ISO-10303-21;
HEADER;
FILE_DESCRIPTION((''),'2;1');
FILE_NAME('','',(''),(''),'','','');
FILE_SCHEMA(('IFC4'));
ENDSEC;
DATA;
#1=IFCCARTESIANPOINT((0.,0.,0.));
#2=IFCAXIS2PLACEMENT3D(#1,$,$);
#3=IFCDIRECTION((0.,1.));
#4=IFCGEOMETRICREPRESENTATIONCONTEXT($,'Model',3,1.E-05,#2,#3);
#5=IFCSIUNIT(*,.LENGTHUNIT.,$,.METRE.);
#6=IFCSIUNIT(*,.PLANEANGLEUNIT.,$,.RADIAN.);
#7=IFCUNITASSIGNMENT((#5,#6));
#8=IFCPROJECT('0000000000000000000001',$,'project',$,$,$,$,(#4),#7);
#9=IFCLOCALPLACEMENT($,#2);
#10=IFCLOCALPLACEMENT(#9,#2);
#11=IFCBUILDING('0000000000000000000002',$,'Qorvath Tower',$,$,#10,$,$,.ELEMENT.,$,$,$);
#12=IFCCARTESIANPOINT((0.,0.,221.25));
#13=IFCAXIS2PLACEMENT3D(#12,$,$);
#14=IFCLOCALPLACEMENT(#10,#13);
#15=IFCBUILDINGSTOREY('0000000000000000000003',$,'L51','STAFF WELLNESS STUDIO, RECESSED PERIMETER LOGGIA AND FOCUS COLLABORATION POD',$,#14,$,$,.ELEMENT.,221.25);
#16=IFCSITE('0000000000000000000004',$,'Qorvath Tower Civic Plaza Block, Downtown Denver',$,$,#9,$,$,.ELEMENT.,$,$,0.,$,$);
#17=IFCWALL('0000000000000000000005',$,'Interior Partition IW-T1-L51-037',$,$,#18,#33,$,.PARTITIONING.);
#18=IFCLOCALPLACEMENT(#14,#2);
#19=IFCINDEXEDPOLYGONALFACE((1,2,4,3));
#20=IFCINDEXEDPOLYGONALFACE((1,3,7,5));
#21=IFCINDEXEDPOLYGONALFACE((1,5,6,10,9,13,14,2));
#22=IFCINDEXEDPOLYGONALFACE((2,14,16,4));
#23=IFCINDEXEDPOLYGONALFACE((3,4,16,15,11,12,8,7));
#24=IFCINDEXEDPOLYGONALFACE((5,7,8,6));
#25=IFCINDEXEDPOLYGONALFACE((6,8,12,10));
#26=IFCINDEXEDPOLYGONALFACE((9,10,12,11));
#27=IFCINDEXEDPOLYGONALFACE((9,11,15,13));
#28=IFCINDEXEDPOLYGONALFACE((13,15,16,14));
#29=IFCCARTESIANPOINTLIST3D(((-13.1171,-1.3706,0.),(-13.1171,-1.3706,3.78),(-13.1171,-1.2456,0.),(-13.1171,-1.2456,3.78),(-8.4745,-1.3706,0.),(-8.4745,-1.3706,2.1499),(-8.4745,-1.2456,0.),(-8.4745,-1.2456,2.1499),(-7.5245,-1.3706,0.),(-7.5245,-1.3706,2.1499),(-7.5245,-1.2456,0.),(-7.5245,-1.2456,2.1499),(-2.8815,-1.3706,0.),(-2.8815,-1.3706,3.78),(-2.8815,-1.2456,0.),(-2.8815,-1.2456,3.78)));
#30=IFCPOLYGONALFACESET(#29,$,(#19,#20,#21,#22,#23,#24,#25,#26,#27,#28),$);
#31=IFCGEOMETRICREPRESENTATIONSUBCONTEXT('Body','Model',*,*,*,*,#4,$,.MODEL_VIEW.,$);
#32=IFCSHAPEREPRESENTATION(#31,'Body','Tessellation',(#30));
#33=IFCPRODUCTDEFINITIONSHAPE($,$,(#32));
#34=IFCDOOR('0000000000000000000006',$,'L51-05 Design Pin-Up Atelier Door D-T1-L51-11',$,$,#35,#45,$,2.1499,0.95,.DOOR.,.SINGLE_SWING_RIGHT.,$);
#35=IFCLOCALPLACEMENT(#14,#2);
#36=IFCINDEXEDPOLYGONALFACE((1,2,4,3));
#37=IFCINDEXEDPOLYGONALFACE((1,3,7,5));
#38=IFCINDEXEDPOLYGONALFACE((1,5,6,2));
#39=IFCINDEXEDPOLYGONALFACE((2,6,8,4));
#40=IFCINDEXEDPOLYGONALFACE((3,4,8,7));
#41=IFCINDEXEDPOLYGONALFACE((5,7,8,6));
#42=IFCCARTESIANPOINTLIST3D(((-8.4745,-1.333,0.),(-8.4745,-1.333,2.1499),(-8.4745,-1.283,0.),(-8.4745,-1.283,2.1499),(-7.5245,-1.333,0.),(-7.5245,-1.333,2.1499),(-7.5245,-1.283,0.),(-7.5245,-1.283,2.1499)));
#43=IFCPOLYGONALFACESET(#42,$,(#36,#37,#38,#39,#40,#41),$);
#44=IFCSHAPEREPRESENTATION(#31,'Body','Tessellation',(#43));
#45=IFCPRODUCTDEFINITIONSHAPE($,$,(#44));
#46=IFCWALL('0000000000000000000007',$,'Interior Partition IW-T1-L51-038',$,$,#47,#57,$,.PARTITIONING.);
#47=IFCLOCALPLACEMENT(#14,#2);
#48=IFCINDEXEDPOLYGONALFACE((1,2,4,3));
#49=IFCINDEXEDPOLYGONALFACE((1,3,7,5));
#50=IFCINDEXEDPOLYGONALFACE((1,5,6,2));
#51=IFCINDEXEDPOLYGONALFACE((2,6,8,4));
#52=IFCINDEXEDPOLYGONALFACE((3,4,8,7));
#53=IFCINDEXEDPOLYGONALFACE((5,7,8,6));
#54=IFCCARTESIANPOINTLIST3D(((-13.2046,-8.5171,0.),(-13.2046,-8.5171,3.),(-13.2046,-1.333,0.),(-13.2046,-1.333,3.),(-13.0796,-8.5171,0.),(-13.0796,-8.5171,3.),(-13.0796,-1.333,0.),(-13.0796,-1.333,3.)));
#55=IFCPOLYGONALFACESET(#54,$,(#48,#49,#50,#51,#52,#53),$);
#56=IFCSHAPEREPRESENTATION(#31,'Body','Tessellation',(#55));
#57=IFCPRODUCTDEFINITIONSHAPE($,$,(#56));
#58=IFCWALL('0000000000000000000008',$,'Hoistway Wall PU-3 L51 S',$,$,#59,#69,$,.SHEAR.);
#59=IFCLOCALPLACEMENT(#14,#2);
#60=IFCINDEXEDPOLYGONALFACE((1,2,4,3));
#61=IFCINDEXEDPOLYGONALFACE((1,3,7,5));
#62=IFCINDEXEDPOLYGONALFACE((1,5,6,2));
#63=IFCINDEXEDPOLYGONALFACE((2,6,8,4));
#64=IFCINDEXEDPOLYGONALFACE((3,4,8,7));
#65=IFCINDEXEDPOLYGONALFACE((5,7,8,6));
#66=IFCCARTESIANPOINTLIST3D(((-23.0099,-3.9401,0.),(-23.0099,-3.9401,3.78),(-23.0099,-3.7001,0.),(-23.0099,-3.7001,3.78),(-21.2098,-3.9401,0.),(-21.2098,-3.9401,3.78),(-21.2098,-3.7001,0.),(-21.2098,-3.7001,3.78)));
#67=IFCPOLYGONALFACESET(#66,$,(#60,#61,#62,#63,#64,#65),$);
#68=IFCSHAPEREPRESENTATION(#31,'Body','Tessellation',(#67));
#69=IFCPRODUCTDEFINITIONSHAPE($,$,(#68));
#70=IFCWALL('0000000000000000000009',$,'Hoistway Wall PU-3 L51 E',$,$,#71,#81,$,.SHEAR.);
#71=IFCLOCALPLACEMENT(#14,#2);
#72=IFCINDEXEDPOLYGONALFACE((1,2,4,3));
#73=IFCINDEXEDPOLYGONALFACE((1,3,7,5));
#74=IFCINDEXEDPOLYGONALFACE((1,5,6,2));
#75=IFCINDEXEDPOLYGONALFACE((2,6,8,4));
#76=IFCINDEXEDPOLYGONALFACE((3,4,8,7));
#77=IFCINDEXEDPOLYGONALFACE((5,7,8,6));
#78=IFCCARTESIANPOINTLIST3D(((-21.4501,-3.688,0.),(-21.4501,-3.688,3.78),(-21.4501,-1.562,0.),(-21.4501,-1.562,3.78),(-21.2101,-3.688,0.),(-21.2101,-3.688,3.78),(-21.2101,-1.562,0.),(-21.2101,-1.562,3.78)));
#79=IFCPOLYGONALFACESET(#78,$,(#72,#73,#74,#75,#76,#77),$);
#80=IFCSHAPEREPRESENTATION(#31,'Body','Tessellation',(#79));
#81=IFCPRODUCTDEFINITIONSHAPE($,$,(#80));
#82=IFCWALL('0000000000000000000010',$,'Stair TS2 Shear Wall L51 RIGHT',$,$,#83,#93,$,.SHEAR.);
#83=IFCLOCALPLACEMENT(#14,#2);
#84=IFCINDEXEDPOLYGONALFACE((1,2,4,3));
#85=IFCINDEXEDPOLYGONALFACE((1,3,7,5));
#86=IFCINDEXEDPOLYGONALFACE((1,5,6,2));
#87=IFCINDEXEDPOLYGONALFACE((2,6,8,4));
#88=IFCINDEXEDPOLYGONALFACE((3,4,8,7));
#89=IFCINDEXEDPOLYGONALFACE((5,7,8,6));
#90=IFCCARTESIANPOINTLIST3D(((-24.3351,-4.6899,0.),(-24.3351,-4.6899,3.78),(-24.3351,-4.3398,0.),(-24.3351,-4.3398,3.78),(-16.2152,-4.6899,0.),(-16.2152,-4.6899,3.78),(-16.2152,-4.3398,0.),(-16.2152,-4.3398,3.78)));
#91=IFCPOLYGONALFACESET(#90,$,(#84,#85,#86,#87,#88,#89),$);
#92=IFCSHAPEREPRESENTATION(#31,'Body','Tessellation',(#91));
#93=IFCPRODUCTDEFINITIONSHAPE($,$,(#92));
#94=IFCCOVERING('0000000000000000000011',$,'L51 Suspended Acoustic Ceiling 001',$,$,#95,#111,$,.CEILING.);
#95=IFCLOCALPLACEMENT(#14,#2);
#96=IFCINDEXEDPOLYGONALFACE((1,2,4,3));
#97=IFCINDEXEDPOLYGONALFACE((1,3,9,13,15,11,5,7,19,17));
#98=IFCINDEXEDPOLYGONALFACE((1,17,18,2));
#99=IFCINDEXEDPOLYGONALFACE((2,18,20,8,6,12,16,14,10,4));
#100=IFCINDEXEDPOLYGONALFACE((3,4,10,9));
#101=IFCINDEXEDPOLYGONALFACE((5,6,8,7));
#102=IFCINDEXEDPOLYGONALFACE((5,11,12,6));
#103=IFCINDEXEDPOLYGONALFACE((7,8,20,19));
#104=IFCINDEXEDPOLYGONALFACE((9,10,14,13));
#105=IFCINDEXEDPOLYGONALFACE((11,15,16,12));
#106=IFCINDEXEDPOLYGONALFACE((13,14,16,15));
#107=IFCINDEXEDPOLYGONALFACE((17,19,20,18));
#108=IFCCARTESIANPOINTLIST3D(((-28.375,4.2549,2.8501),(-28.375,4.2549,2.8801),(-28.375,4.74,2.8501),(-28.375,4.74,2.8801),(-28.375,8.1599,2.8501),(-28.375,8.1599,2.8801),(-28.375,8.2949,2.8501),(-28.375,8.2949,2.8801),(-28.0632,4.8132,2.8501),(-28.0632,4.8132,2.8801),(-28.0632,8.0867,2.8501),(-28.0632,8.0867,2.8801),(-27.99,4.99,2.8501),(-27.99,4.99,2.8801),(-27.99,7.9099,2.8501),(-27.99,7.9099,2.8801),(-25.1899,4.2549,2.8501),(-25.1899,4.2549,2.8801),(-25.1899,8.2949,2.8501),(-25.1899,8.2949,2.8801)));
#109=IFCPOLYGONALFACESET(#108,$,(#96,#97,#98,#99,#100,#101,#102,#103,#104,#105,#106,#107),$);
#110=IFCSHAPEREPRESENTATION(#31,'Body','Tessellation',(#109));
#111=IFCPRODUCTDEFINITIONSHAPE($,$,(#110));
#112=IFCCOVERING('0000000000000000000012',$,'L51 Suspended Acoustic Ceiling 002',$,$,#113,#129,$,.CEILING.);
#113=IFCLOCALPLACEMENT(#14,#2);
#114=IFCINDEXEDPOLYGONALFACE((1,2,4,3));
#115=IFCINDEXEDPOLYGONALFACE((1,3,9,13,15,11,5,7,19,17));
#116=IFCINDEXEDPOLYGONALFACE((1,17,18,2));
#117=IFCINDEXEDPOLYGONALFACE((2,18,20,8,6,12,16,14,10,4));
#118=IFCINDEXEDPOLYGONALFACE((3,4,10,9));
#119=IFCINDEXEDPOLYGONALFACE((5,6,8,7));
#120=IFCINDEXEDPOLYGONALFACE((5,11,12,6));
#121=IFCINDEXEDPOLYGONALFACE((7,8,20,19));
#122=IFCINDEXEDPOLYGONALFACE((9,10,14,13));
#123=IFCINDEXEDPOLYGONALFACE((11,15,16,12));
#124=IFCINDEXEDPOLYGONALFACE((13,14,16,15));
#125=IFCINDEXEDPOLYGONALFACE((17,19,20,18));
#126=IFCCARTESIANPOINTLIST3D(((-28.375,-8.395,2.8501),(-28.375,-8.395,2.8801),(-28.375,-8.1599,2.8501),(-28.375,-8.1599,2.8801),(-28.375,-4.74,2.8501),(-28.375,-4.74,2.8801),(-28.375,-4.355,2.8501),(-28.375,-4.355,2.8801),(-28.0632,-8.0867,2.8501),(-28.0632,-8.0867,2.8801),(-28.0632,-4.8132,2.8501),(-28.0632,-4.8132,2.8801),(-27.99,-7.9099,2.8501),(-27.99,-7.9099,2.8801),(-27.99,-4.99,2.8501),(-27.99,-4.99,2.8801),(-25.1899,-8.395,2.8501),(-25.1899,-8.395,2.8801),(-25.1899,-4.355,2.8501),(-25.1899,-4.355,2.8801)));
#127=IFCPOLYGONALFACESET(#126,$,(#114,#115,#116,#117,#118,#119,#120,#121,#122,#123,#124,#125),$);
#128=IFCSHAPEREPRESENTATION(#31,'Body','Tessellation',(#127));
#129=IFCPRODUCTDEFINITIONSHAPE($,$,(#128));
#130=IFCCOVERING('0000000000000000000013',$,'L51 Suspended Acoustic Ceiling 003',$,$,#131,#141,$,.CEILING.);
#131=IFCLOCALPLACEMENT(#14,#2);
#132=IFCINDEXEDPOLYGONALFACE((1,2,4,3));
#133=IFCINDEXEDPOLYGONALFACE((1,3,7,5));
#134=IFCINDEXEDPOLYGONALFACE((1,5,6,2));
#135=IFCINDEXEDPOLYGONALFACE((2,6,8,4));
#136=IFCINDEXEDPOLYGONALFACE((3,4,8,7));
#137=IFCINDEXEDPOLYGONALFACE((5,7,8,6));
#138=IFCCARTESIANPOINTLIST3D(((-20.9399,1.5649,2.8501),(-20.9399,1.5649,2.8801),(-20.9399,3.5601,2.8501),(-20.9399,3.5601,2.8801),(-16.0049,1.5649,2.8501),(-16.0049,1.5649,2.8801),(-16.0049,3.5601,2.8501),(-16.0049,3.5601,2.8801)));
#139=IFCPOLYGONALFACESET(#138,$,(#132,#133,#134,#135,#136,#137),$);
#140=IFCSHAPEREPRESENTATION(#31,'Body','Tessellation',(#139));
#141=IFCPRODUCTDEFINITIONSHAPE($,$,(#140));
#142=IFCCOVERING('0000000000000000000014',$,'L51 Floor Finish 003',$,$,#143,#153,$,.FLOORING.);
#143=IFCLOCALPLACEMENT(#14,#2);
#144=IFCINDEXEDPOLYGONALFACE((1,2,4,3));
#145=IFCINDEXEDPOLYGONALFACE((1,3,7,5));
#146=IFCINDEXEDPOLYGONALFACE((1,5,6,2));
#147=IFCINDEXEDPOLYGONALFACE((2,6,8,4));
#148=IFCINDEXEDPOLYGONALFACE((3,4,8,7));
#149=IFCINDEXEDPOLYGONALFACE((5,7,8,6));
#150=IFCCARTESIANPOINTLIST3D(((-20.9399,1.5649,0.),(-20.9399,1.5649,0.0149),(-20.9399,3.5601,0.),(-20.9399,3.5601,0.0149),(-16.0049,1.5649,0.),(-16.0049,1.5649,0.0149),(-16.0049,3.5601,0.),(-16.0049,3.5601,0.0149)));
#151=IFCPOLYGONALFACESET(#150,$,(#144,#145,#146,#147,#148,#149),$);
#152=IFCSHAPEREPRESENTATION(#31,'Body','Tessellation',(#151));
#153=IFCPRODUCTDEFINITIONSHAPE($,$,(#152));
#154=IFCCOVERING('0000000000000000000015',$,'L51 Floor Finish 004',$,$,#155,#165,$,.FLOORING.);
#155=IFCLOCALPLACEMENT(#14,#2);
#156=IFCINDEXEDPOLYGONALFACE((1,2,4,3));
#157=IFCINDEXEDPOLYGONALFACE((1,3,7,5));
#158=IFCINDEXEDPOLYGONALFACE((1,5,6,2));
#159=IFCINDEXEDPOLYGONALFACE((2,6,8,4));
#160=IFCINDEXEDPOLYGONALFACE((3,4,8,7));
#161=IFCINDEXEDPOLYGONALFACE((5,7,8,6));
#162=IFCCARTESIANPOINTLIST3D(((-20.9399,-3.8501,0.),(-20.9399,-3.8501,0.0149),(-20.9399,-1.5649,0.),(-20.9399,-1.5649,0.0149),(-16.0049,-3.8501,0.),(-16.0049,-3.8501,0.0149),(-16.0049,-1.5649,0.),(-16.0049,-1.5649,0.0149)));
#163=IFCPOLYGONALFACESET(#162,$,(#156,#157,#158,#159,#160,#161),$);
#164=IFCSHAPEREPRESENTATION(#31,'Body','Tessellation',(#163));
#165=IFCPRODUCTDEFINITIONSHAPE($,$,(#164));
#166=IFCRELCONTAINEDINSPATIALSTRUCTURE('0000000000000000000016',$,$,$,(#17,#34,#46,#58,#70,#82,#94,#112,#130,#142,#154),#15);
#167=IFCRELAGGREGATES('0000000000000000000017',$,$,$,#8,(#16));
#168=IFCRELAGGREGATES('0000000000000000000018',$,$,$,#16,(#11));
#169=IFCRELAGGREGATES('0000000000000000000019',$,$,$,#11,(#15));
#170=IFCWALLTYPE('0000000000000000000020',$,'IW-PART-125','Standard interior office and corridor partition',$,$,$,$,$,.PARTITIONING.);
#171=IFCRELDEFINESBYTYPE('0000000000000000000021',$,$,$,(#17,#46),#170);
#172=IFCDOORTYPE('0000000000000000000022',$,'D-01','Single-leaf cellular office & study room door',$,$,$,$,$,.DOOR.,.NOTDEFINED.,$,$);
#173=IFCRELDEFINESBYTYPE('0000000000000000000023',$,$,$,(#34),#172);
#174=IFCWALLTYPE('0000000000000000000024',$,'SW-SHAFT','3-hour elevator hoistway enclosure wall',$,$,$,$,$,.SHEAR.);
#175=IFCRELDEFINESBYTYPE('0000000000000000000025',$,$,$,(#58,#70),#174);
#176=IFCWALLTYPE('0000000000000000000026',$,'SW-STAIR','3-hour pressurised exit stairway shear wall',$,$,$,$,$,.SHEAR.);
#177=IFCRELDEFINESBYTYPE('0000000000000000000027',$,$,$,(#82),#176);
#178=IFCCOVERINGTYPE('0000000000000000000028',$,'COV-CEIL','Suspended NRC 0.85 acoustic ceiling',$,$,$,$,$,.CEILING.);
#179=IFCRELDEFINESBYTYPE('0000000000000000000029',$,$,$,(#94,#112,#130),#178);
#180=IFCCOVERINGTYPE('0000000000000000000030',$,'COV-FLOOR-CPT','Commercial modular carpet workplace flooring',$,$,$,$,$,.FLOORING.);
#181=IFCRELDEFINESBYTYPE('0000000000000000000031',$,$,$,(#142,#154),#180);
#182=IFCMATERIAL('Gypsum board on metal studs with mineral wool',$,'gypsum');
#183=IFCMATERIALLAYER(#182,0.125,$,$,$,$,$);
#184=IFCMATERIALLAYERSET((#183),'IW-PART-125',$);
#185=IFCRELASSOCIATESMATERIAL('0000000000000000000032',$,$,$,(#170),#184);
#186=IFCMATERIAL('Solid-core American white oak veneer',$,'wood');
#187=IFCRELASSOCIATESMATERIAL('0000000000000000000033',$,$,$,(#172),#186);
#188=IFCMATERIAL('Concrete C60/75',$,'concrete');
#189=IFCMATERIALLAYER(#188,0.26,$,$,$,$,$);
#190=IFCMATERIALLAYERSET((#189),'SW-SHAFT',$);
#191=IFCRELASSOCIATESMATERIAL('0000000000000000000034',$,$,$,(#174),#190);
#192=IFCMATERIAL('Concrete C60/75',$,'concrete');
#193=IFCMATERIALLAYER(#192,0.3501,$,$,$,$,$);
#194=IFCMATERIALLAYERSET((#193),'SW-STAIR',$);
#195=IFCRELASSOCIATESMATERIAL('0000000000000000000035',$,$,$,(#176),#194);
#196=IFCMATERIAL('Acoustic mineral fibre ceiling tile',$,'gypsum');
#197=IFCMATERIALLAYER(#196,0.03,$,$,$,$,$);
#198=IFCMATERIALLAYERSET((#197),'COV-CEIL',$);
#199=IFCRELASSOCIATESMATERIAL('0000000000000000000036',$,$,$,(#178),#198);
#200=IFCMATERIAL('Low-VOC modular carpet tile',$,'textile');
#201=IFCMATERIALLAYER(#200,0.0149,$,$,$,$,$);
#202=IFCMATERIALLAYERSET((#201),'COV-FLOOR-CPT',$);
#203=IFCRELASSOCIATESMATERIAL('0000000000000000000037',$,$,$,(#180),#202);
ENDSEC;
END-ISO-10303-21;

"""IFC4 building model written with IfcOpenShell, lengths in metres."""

from ifc_helpers import new_model, si_unit, direction, frame, frame_2d, origin, place, context, subcontext, project, spatial, polyline, rectangle, outline, extrude, material, layer, layer_set, type_object, element, fill, save


model = new_model("IFC4")

# Units and contexts
model_context = context("Model", 3, precision=1e-05, world=origin(), true_north=direction((0.0, 1.0)))
body_context = subcontext(model_context, "Body", "Model", "MODEL_VIEW")
ifc_project = project(units=[si_unit("LENGTHUNIT", "METRE"), si_unit("PLANEANGLEUNIT", "RADIAN")], contexts=[model_context])

# Site, building, storey
site_placement = place(None, origin())
site = spatial("IfcSite", under=ifc_project, at=site_placement, Name="Qorvath Tower Civic Plaza Block, Downtown Denver", CompositionType="ELEMENT", RefElevation=0.0)
building_placement = place(site_placement, origin())
building = spatial("IfcBuilding", under=site, at=building_placement, Name="Qorvath Tower", CompositionType="ELEMENT")
storey_placement = place(building_placement, frame((0.0, 0.0, 221.25)))
storey = spatial("IfcBuildingStorey", under=building, at=storey_placement, Name="L51", Description="STAFF WELLNESS STUDIO, RECESSED PERIMETER LOGGIA AND FOCUS COLLABORATION POD", CompositionType="ELEMENT", Elevation=221.25)

# Shared definitions
ifc_material_1 = material(Name="Gypsum board on metal studs with mineral wool", Category="gypsum")
ifc_layer_1 = layer(ifc_material_1, 0.125)
ifc_layer_set_1 = layer_set([ifc_layer_1], Name="IW-PART-125")
wall_type_1 = type_object("IfcWallType", Name="IW-PART-125", Description="Standard interior office and corridor partition", PredefinedType="PARTITIONING", material=ifc_layer_set_1)

# Wall, opening, door
ifc_material_2 = material(Name="Solid-core American white oak veneer", Category="wood")
door_type = type_object("IfcDoorType", Name="D-01", Description="Single-leaf cellular office & study room door", OperationType="NOTDEFINED", PredefinedType="DOOR", material=ifc_material_2)
wall_1_placement = place(storey_placement, frame((-2.8816, -1.3081, 0.0), z_axis=(0.0, 0.0, 1.0), x_axis=(-1.0, 0.0, 0.0)))
wall_1 = element("IfcWall", 1, at=wall_1_placement, inside=storey, type_object=wall_type_1, Name="Interior Partition IW-T1-L51-037", PredefinedType="PARTITIONING", context=body_context, shape_type="SweptSolid", body=[
    extrude(rectangle(XDim=10.2356, YDim=0.125, at=frame_2d((5.1177, 0.0))), origin(), (0.0, 0.0, 1.0), 3.78),
])
opening_1_placement = place(wall_1_placement, frame((4.6428, 0.0, 0.0)))
opening_1 = element("IfcOpeningElement", 2, at=opening_1_placement, cuts=wall_1, PredefinedType="OPENING", context=body_context, shape_type="SweptSolid", body=[
    extrude(rectangle(XDim=0.95, YDim=2.1499, at=frame_2d((0.4751, 1.075))), frame((0.0, 0.0725, 0.0), z_axis=(0.0, -1.0, 0.0), x_axis=(1.0, 0.0, 0.0)), (0.0, 0.0, 1.0), 0.145),
])
door_1_placement = place(opening_1_placement, origin())
door_1 = element("IfcDoor", 3, at=door_1_placement, inside=storey, type_object=door_type, Name="L51-05 Design Pin-Up Atelier Door D-T1-L51-11", OperationType="SINGLE_SWING_RIGHT", OverallHeight=2.1499, OverallWidth=0.95, PredefinedType="DOOR", context=body_context, shape_type="SweptSolid", body=[
    extrude(rectangle(XDim=0.95, YDim=2.1499, at=frame_2d((0.4751, 1.075))), frame((0.0, 0.0249, 0.0), z_axis=(0.0, -1.0, 0.0), x_axis=(1.0, 0.0, 0.0)), (0.0, 0.0, 1.0), 0.05),
])
fill(opening_1, door_1)

# Walls
wall_2_placement = place(storey_placement, frame((-13.1421, -1.333, 0.0), z_axis=(0.0, 0.0, 1.0), x_axis=(0.0, -1.0, 0.0)))
element("IfcWall", 4, at=wall_2_placement, inside=storey, type_object=wall_type_1, Name="Interior Partition IW-T1-L51-038", PredefinedType="PARTITIONING", context=body_context, shape_type="SweptSolid", body=[
    extrude(rectangle(XDim=7.1841, YDim=0.125, at=frame_2d((3.592, 0.0))), origin(), (0.0, 0.0, 1.0), 3.0),
])
ifc_material_3 = material(Name="Concrete C60/75", Category="concrete")
ifc_layer_2 = layer(ifc_material_3, 0.26)
ifc_layer_set_2 = layer_set([ifc_layer_2], Name="SW-SHAFT")
wall_type_2 = type_object("IfcWallType", Name="SW-SHAFT", Description="3-hour elevator hoistway enclosure wall", PredefinedType="SHEAR", material=ifc_layer_set_2)
wall_3_placement = place(storey_placement, frame((-21.21, -3.8201, 0.0), z_axis=(0.0, 0.0, 1.0), x_axis=(-1.0, 0.0, 0.0)))
element("IfcWall", 5, at=wall_3_placement, inside=storey, type_object=wall_type_2, Name="Hoistway Wall PU-3 L51 S", PredefinedType="SHEAR", context=body_context, shape_type="SweptSolid", body=[
    extrude(rectangle(XDim=1.8, YDim=0.24, at=frame_2d((0.8999, 0.0))), origin(), (0.0, 0.0, 1.0), 3.78),
])
wall_4_placement = place(storey_placement, frame((-21.3301, -1.562, 0.0), z_axis=(0.0, 0.0, 1.0), x_axis=(0.0, -1.0, 0.0)))
element("IfcWall", 6, at=wall_4_placement, inside=storey, type_object=wall_type_2, Name="Hoistway Wall PU-3 L51 E", PredefinedType="SHEAR", context=body_context, shape_type="SweptSolid", body=[
    extrude(rectangle(XDim=2.126, YDim=0.24, at=frame_2d((1.063, 0.0))), origin(), (0.0, 0.0, 1.0), 3.78),
])
ifc_material_4 = material(Name="Concrete C60/75", Category="concrete")
ifc_layer_3 = layer(ifc_material_4, 0.3501)
ifc_layer_set_3 = layer_set([ifc_layer_3], Name="SW-STAIR")
wall_type_3 = type_object("IfcWallType", Name="SW-STAIR", Description="3-hour pressurised exit stairway shear wall", PredefinedType="SHEAR", material=ifc_layer_set_3)
wall_5_placement = place(storey_placement, frame((-16.2151, -4.5149, 0.0), z_axis=(0.0, 0.0, 1.0), x_axis=(-1.0, 0.0, 0.0)))
element("IfcWall", 7, at=wall_5_placement, inside=storey, type_object=wall_type_3, Name="Stair TS2 Shear Wall L51 RIGHT", PredefinedType="SHEAR", context=body_context, shape_type="SweptSolid", body=[
    extrude(rectangle(XDim=8.1199, YDim=0.3501, at=frame_2d((4.0601, 0.0))), origin(), (0.0, 0.0, 1.0), 3.78),
])

# Coverings
ifc_material_5 = material(Name="Acoustic mineral fibre ceiling tile", Category="gypsum")
ifc_layer_4 = layer(ifc_material_5, 0.03)
ifc_layer_set_4 = layer_set([ifc_layer_4], Name="COV-CEIL")
covering_type_1 = type_object("IfcCoveringType", Name="COV-CEIL", Description="Suspended NRC 0.85 acoustic ceiling", PredefinedType="CEILING", material=ifc_layer_set_4)
covering_1_placement = place(storey_placement, frame((0.0, 0.0, 2.8501)))
element("IfcCovering", 8, at=covering_1_placement, inside=storey, type_object=covering_type_1, Name="L51 Suspended Acoustic Ceiling 001", PredefinedType="CEILING", context=body_context, shape_type="SweptSolid", body=[
    extrude(outline(polyline([(-25.1899, 4.2549), (-25.1899, 8.2949), (-28.375, 8.2949), (-28.375, 8.1599), (-28.0632, 8.0867), (-27.99, 7.9099), (-27.99, 4.99), (-28.0632, 4.8132), (-28.375, 4.74), (-28.375, 4.2549), (-25.1899, 4.2549)])), origin(), (0.0, 0.0, 1.0), 0.03),
])
covering_2_placement = place(storey_placement, frame((0.0, 0.0, 2.8501)))
element("IfcCovering", 9, at=covering_2_placement, inside=storey, type_object=covering_type_1, Name="L51 Suspended Acoustic Ceiling 002", PredefinedType="CEILING", context=body_context, shape_type="SweptSolid", body=[
    extrude(outline(polyline([(-25.1899, -8.395), (-25.1899, -4.355), (-28.375, -4.355), (-28.375, -4.74), (-28.0632, -4.8132), (-27.99, -4.99), (-27.99, -7.9099), (-28.0632, -8.0867), (-28.375, -8.1599), (-28.375, -8.395), (-25.1899, -8.395)])), origin(), (0.0, 0.0, 1.0), 0.03),
])
covering_3_placement = place(storey_placement, frame((0.0, 0.0, 2.8501)))
element("IfcCovering", 10, at=covering_3_placement, inside=storey, type_object=covering_type_1, Name="L51 Suspended Acoustic Ceiling 003", PredefinedType="CEILING", context=body_context, shape_type="SweptSolid", body=[
    extrude(outline(polyline([(-16.0049, 3.5601), (-20.9399, 3.5601), (-20.9399, 1.5649), (-16.0049, 1.5649), (-16.0049, 3.5601)])), origin(), (0.0, 0.0, 1.0), 0.03),
])
ifc_material_6 = material(Name="Low-VOC modular carpet tile", Category="textile")
ifc_layer_5 = layer(ifc_material_6, 0.0149)
ifc_layer_set_5 = layer_set([ifc_layer_5], Name="COV-FLOOR-CPT")
covering_type_2 = type_object("IfcCoveringType", Name="COV-FLOOR-CPT", Description="Commercial modular carpet workplace flooring", PredefinedType="FLOORING", material=ifc_layer_set_5)
covering_4_placement = place(storey_placement, origin())
element("IfcCovering", 11, at=covering_4_placement, inside=storey, type_object=covering_type_2, Name="L51 Floor Finish 003", PredefinedType="FLOORING", context=body_context, shape_type="SweptSolid", body=[
    extrude(outline(polyline([(-16.0049, 3.5601), (-20.9399, 3.5601), (-20.9399, 1.5649), (-16.0049, 1.5649), (-16.0049, 3.5601)])), origin(), (0.0, 0.0, 1.0), 0.0149),
])
covering_5_placement = place(storey_placement, origin())
element("IfcCovering", 12, at=covering_5_placement, inside=storey, type_object=covering_type_2, Name="L51 Floor Finish 004", PredefinedType="FLOORING", context=body_context, shape_type="SweptSolid", body=[
    extrude(outline(polyline([(-20.9399, -1.5649), (-20.9399, -3.8501), (-16.0049, -3.8501), (-16.0049, -1.5649), (-20.9399, -1.5649)])), origin(), (0.0, 0.0, 1.0), 0.0149),
])

save(model, "model.ifc")
